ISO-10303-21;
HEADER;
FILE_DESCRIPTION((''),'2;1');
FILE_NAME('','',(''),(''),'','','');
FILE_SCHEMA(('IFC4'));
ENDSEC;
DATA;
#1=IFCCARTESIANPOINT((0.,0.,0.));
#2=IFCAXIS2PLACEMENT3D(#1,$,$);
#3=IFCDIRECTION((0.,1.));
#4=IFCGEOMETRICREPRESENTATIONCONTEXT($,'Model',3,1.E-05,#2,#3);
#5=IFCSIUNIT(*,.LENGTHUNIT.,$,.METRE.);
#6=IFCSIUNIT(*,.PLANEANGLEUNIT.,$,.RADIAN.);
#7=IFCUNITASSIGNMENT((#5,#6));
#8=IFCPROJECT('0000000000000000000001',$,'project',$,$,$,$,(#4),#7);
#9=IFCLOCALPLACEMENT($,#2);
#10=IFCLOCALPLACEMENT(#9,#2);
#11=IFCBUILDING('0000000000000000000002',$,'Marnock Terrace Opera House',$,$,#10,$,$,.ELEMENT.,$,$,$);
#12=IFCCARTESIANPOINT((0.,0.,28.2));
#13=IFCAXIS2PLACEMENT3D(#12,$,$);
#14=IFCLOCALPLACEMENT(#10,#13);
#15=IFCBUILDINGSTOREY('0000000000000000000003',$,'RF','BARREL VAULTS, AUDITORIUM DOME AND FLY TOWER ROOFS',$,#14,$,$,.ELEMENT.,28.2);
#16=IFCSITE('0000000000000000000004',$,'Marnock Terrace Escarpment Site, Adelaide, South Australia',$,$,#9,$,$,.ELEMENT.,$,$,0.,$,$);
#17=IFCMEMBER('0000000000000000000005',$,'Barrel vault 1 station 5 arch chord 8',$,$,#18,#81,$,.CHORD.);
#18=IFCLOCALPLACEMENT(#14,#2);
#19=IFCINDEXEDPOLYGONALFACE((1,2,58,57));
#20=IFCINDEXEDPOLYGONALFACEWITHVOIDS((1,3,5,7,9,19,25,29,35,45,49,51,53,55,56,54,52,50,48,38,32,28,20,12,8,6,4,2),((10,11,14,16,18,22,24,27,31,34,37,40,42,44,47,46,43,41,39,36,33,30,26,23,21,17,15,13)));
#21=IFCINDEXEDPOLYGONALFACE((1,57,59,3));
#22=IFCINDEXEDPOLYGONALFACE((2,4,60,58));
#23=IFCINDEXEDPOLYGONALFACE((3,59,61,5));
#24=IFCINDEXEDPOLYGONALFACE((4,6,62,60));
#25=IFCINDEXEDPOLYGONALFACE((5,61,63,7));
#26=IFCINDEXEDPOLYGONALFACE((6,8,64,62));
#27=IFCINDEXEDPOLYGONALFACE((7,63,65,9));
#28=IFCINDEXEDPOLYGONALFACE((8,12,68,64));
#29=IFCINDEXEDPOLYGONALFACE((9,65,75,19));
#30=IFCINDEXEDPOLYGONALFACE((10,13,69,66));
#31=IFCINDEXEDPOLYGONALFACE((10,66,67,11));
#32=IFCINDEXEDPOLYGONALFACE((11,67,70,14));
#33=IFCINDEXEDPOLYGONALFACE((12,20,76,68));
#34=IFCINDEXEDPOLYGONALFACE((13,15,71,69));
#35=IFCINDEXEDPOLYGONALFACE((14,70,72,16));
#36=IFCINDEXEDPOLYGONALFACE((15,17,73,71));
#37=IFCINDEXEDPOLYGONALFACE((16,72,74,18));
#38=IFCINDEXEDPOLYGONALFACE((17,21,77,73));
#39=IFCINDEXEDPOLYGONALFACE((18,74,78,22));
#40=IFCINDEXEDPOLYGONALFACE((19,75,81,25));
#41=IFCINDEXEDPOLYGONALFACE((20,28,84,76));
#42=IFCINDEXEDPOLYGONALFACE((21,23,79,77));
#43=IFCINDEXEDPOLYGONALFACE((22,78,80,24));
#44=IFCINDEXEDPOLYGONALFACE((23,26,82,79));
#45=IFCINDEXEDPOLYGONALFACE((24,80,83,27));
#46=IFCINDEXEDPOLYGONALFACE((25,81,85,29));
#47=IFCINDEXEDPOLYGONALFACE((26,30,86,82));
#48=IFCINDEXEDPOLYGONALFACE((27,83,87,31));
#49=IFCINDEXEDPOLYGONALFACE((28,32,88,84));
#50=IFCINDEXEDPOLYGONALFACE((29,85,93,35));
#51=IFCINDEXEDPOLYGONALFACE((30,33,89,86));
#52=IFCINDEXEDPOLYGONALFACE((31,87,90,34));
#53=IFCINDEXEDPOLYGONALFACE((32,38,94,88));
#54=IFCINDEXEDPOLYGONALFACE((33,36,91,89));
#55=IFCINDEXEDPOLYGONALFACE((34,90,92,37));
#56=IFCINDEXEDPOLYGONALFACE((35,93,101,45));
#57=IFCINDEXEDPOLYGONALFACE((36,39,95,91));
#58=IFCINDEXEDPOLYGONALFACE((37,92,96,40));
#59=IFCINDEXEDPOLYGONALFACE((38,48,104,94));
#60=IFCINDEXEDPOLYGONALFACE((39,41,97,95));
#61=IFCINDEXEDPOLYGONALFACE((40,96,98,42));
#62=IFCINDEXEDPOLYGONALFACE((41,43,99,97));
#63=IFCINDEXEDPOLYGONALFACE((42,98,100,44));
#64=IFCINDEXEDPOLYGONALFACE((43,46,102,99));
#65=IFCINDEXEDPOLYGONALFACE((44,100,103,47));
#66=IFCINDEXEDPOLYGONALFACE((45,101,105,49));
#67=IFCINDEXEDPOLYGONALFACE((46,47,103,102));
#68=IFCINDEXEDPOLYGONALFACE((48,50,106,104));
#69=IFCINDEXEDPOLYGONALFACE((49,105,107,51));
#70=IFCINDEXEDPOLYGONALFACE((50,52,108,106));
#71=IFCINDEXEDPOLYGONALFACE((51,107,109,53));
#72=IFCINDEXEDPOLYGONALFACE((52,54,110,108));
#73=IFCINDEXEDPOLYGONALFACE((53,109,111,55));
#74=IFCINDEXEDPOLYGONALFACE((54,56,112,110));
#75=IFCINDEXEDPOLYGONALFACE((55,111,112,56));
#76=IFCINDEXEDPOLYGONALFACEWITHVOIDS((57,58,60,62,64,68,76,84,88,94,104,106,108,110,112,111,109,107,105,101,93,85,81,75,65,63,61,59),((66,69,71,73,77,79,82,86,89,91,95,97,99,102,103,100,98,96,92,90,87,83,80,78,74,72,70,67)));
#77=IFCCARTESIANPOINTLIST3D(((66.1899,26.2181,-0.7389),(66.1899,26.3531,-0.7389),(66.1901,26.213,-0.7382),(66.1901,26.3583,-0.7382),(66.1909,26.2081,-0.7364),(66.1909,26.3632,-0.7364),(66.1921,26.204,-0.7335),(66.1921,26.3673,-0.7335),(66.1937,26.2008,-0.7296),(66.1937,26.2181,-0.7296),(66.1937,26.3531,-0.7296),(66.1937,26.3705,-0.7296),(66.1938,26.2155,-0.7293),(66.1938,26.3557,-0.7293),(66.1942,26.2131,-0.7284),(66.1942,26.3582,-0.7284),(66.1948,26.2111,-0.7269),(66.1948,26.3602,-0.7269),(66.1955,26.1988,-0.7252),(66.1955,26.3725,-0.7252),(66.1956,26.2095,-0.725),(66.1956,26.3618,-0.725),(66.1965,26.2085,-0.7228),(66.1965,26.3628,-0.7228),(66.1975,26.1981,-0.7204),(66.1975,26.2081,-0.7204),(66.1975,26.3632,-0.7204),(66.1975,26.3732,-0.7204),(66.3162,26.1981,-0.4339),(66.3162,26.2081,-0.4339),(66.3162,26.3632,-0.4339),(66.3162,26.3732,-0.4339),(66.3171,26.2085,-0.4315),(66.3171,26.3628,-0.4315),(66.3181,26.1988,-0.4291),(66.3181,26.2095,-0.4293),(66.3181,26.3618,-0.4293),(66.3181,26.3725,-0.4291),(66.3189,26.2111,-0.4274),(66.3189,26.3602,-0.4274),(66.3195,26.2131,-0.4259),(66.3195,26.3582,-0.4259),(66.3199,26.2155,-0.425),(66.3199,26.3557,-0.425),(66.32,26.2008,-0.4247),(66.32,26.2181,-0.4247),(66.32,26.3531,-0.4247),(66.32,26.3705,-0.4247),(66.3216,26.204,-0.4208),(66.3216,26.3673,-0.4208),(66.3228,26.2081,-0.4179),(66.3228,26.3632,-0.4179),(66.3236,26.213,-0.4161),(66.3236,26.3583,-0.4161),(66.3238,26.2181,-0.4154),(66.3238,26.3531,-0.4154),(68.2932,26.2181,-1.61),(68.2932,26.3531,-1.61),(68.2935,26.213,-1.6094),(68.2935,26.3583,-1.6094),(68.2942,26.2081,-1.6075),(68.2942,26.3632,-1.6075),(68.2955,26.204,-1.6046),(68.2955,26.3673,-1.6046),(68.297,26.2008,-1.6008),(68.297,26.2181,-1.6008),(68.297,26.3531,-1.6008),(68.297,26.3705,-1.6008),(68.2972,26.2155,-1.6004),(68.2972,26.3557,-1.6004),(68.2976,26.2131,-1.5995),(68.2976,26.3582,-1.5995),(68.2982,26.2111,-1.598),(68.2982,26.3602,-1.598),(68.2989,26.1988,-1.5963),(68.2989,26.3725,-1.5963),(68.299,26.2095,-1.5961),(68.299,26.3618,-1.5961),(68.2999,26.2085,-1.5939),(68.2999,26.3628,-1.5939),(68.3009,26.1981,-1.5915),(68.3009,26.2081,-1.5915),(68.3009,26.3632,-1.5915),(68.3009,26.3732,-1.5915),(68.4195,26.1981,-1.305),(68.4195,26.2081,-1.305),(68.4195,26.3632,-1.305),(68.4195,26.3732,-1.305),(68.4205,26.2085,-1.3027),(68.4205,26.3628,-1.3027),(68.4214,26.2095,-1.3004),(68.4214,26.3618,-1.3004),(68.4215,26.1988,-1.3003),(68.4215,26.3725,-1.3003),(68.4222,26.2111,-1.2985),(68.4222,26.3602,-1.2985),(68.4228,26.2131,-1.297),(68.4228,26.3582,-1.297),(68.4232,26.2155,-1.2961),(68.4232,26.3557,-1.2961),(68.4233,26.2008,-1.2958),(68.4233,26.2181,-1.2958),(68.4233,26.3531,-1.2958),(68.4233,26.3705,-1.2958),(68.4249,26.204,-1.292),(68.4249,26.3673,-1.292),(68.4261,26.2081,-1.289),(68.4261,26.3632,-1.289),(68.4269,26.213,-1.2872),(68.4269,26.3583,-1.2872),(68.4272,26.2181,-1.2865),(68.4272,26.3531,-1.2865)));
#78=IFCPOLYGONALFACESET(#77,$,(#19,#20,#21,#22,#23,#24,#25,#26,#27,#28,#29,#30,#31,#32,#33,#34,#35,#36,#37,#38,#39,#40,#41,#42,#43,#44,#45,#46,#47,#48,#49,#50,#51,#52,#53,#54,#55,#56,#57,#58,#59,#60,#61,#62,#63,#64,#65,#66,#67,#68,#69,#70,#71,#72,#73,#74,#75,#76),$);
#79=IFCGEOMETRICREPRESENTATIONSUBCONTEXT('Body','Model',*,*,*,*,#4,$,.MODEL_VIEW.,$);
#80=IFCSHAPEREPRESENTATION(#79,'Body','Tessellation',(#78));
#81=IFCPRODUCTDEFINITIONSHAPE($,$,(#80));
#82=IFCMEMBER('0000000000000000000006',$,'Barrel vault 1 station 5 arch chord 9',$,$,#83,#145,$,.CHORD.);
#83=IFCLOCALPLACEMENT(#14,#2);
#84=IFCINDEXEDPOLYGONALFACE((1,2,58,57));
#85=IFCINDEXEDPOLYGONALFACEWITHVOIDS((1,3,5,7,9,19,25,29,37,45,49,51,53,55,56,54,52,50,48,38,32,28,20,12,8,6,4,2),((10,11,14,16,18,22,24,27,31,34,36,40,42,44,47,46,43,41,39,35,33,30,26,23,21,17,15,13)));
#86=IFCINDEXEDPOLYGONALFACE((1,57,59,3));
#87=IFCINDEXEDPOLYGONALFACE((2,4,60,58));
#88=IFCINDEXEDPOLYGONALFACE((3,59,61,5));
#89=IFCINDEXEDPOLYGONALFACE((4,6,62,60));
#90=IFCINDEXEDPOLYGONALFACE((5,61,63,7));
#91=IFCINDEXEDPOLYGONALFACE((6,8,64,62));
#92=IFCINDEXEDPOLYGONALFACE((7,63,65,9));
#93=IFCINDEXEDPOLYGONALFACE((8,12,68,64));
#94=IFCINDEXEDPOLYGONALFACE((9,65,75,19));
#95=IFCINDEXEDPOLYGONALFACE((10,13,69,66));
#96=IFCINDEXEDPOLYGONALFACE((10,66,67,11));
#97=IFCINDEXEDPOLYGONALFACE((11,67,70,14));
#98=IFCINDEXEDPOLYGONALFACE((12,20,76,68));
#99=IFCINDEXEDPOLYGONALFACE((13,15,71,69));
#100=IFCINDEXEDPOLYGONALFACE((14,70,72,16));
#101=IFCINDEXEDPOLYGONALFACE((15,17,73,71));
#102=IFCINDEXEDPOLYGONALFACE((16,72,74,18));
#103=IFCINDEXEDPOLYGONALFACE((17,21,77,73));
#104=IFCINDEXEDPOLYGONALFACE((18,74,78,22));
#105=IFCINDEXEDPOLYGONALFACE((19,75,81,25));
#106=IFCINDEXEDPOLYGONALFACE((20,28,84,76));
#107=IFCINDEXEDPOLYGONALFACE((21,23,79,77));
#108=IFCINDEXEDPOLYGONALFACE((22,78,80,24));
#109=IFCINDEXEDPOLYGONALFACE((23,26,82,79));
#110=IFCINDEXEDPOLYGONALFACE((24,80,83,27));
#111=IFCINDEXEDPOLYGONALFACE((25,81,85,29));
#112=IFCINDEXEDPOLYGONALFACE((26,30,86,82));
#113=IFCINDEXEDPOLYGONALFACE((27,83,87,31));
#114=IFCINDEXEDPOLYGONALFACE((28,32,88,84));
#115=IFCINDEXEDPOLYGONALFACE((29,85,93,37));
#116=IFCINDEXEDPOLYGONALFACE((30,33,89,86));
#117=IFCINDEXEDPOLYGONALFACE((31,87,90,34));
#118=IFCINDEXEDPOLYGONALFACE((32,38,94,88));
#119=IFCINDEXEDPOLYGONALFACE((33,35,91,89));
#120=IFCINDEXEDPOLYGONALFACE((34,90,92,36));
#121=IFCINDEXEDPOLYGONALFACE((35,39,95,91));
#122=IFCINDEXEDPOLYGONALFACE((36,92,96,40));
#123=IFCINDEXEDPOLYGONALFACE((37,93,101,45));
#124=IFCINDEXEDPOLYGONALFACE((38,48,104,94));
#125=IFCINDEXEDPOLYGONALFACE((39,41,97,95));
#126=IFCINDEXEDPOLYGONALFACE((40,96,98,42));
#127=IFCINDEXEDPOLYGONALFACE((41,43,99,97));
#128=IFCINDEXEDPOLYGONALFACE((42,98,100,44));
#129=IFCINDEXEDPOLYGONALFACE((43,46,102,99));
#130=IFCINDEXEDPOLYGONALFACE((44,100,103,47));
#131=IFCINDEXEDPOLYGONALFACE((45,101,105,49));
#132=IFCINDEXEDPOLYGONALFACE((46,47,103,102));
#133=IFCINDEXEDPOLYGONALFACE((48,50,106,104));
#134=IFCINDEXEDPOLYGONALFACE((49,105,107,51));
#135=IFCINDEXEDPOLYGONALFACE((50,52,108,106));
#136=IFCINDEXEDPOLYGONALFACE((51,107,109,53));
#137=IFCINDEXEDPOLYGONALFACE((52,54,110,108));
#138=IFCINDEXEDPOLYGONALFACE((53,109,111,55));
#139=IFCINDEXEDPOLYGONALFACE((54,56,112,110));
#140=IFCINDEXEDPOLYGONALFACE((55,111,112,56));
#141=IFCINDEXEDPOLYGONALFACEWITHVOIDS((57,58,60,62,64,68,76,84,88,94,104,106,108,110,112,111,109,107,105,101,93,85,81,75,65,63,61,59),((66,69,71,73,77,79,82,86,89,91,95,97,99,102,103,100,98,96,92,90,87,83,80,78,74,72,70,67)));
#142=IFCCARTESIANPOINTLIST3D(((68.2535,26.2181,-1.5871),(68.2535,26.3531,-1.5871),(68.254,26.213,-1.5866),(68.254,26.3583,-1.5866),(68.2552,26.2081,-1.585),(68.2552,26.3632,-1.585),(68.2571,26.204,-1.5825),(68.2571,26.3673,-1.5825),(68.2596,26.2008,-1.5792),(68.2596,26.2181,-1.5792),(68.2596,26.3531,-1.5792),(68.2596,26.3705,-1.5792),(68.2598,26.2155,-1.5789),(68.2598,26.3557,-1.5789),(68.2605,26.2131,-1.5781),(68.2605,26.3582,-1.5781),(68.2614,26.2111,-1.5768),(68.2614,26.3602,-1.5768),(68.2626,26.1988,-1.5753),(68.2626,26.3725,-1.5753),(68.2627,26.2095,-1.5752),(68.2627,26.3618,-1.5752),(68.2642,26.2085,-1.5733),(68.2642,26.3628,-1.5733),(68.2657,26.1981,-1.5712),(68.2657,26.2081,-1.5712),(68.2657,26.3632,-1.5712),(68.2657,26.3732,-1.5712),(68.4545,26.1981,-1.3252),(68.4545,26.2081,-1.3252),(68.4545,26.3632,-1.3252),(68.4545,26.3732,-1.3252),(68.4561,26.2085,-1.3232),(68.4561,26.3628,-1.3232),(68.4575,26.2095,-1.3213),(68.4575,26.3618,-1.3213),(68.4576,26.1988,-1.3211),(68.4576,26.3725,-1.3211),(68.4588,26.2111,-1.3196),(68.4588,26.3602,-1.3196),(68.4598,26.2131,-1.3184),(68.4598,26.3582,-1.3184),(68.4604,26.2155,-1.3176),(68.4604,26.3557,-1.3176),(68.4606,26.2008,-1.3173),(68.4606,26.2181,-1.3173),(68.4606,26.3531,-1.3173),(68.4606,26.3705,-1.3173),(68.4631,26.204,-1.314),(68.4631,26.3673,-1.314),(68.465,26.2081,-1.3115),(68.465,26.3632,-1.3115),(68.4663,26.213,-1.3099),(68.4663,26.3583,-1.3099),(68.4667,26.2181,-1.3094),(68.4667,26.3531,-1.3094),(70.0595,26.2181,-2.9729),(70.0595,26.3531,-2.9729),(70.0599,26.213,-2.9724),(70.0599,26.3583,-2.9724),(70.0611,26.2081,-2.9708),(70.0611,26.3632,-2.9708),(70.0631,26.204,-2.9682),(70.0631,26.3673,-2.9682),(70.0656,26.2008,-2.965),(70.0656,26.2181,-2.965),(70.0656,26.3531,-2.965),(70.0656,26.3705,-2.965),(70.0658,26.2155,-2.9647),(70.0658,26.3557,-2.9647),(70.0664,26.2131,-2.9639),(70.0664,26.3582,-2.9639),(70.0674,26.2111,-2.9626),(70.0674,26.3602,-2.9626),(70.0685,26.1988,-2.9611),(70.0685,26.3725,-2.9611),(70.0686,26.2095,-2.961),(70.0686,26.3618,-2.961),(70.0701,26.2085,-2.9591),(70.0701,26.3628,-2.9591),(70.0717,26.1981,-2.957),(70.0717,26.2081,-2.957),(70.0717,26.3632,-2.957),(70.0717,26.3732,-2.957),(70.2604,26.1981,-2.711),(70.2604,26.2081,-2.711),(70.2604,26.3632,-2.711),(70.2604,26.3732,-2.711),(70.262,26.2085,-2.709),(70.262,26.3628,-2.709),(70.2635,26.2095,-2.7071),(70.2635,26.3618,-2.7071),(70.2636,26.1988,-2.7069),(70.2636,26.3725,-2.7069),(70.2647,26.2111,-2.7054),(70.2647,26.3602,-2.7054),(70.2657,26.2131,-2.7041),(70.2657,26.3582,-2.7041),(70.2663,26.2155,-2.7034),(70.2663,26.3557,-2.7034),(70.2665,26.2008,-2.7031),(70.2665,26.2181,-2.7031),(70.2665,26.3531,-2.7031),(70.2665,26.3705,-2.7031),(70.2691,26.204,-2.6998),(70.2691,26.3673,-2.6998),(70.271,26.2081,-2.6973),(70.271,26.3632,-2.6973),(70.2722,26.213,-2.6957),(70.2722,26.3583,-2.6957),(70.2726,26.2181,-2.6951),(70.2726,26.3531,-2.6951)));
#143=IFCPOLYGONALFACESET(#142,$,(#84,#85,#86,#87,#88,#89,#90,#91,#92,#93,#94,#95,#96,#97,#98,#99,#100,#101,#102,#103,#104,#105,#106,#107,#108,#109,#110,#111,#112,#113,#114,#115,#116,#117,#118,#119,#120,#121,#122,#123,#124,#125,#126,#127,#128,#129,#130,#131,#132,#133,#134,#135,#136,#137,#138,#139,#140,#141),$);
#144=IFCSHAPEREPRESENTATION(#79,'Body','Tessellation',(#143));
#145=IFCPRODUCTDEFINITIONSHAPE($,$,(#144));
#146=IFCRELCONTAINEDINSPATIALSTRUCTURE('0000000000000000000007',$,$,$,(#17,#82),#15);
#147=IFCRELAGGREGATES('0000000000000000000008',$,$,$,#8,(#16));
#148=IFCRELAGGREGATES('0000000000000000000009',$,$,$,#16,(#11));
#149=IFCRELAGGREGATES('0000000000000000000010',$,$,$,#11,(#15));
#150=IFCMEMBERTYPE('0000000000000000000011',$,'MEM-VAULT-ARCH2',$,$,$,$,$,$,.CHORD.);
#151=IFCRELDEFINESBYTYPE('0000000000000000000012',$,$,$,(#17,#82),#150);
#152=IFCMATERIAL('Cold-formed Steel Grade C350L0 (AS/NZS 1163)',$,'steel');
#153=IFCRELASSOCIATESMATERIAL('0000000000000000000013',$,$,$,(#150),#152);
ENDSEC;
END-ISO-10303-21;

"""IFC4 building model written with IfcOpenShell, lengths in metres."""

from ifc_helpers import new_model, si_unit, direction, frame, origin, origin_2d, place, context, subcontext, project, spatial, hollow_rectangle, extrude, material, material_profile, profile_set, type_object, element, save


model = new_model("IFC4")

# Units and contexts
model_context = context("Model", 3, precision=1e-05, world=origin(), true_north=direction((0.0, 1.0)))
body_context = subcontext(model_context, "Body", "Model", "MODEL_VIEW")
ifc_project = project(units=[si_unit("LENGTHUNIT", "METRE"), si_unit("PLANEANGLEUNIT", "RADIAN")], contexts=[model_context])

# Site, building, storey
site_placement = place(None, origin())
site = spatial("IfcSite", under=ifc_project, at=site_placement, Name="Marnock Terrace Escarpment Site, Adelaide, South Australia", CompositionType="ELEMENT", RefElevation=0.0)
building_placement = place(site_placement, origin())
building = spatial("IfcBuilding", under=site, at=building_placement, Name="Marnock Terrace Opera House", CompositionType="ELEMENT")
storey_placement = place(building_placement, frame((0.0, 0.0, 28.2)))
storey = spatial("IfcBuildingStorey", under=building, at=storey_placement, Name="RF", Description="BARREL VAULTS, AUDITORIUM DOME AND FLY TOWER ROOFS", CompositionType="ELEMENT", Elevation=28.2)

# Members
ifc_material_1 = material(Name="Cold-formed Steel Grade C350L0 (AS/NZS 1163)", Category="steel")
ifc_material_profile_1 = material_profile(ifc_material_1, hollow_rectangle(XDim=0.175, YDim=0.3501, WallThickness=0.01, InnerFilletRadius=0.01, OuterFilletRadius=0.02, at=origin_2d()))
ifc_profile_set_1 = profile_set([ifc_material_profile_1], Name="Cold-formed Steel Grade C350L0 (AS/NZS 1163)")
member_type_1 = type_object("IfcMemberType", Name="MEM-VAULT-ARCH2", PredefinedType="CHORD", material=ifc_profile_set_1)
member_1_placement = place(storey_placement, frame((66.2568, 26.2856, -0.5771), z_axis=(0.923897, 0.0, -0.382642), x_axis=(0.0, 1.0, 0.0)))
element("IfcMember", 1, at=member_1_placement, inside=storey, type_object=member_type_1, Name="Barrel vault 1 station 5 arch chord 8", PredefinedType="CHORD", context=body_context, shape_type="SweptSolid", body=[
    extrude(hollow_rectangle(XDim=0.175, YDim=0.3501, WallThickness=0.01, InnerFilletRadius=0.01, OuterFilletRadius=0.02, at=origin_2d()), origin(), (0.0, 0.0, 1.0), 2.2766),
])
for number, where, z_axis, x_axis, name in (
    (2, (68.3601, 26.2856, -1.4482), (0.793349, 0.0, -0.608767), (0.0, 1.0, 0.0), "Barrel vault 1 station 5 arch chord 9"),
):
    element("IfcMember", number, at=place(storey_placement, frame(where, z_axis=z_axis, x_axis=x_axis)), inside=storey, type_object=member_type_1, Name=name, PredefinedType="CHORD", context=body_context, shape_type="SweptSolid", body=[
        extrude(hollow_rectangle(XDim=0.175, YDim=0.3501, WallThickness=0.01, InnerFilletRadius=0.01, OuterFilletRadius=0.02, at=origin_2d()), origin(), (0.0, 0.0, 1.0), 2.2764),
    ])

save(model, "model.ifc")
